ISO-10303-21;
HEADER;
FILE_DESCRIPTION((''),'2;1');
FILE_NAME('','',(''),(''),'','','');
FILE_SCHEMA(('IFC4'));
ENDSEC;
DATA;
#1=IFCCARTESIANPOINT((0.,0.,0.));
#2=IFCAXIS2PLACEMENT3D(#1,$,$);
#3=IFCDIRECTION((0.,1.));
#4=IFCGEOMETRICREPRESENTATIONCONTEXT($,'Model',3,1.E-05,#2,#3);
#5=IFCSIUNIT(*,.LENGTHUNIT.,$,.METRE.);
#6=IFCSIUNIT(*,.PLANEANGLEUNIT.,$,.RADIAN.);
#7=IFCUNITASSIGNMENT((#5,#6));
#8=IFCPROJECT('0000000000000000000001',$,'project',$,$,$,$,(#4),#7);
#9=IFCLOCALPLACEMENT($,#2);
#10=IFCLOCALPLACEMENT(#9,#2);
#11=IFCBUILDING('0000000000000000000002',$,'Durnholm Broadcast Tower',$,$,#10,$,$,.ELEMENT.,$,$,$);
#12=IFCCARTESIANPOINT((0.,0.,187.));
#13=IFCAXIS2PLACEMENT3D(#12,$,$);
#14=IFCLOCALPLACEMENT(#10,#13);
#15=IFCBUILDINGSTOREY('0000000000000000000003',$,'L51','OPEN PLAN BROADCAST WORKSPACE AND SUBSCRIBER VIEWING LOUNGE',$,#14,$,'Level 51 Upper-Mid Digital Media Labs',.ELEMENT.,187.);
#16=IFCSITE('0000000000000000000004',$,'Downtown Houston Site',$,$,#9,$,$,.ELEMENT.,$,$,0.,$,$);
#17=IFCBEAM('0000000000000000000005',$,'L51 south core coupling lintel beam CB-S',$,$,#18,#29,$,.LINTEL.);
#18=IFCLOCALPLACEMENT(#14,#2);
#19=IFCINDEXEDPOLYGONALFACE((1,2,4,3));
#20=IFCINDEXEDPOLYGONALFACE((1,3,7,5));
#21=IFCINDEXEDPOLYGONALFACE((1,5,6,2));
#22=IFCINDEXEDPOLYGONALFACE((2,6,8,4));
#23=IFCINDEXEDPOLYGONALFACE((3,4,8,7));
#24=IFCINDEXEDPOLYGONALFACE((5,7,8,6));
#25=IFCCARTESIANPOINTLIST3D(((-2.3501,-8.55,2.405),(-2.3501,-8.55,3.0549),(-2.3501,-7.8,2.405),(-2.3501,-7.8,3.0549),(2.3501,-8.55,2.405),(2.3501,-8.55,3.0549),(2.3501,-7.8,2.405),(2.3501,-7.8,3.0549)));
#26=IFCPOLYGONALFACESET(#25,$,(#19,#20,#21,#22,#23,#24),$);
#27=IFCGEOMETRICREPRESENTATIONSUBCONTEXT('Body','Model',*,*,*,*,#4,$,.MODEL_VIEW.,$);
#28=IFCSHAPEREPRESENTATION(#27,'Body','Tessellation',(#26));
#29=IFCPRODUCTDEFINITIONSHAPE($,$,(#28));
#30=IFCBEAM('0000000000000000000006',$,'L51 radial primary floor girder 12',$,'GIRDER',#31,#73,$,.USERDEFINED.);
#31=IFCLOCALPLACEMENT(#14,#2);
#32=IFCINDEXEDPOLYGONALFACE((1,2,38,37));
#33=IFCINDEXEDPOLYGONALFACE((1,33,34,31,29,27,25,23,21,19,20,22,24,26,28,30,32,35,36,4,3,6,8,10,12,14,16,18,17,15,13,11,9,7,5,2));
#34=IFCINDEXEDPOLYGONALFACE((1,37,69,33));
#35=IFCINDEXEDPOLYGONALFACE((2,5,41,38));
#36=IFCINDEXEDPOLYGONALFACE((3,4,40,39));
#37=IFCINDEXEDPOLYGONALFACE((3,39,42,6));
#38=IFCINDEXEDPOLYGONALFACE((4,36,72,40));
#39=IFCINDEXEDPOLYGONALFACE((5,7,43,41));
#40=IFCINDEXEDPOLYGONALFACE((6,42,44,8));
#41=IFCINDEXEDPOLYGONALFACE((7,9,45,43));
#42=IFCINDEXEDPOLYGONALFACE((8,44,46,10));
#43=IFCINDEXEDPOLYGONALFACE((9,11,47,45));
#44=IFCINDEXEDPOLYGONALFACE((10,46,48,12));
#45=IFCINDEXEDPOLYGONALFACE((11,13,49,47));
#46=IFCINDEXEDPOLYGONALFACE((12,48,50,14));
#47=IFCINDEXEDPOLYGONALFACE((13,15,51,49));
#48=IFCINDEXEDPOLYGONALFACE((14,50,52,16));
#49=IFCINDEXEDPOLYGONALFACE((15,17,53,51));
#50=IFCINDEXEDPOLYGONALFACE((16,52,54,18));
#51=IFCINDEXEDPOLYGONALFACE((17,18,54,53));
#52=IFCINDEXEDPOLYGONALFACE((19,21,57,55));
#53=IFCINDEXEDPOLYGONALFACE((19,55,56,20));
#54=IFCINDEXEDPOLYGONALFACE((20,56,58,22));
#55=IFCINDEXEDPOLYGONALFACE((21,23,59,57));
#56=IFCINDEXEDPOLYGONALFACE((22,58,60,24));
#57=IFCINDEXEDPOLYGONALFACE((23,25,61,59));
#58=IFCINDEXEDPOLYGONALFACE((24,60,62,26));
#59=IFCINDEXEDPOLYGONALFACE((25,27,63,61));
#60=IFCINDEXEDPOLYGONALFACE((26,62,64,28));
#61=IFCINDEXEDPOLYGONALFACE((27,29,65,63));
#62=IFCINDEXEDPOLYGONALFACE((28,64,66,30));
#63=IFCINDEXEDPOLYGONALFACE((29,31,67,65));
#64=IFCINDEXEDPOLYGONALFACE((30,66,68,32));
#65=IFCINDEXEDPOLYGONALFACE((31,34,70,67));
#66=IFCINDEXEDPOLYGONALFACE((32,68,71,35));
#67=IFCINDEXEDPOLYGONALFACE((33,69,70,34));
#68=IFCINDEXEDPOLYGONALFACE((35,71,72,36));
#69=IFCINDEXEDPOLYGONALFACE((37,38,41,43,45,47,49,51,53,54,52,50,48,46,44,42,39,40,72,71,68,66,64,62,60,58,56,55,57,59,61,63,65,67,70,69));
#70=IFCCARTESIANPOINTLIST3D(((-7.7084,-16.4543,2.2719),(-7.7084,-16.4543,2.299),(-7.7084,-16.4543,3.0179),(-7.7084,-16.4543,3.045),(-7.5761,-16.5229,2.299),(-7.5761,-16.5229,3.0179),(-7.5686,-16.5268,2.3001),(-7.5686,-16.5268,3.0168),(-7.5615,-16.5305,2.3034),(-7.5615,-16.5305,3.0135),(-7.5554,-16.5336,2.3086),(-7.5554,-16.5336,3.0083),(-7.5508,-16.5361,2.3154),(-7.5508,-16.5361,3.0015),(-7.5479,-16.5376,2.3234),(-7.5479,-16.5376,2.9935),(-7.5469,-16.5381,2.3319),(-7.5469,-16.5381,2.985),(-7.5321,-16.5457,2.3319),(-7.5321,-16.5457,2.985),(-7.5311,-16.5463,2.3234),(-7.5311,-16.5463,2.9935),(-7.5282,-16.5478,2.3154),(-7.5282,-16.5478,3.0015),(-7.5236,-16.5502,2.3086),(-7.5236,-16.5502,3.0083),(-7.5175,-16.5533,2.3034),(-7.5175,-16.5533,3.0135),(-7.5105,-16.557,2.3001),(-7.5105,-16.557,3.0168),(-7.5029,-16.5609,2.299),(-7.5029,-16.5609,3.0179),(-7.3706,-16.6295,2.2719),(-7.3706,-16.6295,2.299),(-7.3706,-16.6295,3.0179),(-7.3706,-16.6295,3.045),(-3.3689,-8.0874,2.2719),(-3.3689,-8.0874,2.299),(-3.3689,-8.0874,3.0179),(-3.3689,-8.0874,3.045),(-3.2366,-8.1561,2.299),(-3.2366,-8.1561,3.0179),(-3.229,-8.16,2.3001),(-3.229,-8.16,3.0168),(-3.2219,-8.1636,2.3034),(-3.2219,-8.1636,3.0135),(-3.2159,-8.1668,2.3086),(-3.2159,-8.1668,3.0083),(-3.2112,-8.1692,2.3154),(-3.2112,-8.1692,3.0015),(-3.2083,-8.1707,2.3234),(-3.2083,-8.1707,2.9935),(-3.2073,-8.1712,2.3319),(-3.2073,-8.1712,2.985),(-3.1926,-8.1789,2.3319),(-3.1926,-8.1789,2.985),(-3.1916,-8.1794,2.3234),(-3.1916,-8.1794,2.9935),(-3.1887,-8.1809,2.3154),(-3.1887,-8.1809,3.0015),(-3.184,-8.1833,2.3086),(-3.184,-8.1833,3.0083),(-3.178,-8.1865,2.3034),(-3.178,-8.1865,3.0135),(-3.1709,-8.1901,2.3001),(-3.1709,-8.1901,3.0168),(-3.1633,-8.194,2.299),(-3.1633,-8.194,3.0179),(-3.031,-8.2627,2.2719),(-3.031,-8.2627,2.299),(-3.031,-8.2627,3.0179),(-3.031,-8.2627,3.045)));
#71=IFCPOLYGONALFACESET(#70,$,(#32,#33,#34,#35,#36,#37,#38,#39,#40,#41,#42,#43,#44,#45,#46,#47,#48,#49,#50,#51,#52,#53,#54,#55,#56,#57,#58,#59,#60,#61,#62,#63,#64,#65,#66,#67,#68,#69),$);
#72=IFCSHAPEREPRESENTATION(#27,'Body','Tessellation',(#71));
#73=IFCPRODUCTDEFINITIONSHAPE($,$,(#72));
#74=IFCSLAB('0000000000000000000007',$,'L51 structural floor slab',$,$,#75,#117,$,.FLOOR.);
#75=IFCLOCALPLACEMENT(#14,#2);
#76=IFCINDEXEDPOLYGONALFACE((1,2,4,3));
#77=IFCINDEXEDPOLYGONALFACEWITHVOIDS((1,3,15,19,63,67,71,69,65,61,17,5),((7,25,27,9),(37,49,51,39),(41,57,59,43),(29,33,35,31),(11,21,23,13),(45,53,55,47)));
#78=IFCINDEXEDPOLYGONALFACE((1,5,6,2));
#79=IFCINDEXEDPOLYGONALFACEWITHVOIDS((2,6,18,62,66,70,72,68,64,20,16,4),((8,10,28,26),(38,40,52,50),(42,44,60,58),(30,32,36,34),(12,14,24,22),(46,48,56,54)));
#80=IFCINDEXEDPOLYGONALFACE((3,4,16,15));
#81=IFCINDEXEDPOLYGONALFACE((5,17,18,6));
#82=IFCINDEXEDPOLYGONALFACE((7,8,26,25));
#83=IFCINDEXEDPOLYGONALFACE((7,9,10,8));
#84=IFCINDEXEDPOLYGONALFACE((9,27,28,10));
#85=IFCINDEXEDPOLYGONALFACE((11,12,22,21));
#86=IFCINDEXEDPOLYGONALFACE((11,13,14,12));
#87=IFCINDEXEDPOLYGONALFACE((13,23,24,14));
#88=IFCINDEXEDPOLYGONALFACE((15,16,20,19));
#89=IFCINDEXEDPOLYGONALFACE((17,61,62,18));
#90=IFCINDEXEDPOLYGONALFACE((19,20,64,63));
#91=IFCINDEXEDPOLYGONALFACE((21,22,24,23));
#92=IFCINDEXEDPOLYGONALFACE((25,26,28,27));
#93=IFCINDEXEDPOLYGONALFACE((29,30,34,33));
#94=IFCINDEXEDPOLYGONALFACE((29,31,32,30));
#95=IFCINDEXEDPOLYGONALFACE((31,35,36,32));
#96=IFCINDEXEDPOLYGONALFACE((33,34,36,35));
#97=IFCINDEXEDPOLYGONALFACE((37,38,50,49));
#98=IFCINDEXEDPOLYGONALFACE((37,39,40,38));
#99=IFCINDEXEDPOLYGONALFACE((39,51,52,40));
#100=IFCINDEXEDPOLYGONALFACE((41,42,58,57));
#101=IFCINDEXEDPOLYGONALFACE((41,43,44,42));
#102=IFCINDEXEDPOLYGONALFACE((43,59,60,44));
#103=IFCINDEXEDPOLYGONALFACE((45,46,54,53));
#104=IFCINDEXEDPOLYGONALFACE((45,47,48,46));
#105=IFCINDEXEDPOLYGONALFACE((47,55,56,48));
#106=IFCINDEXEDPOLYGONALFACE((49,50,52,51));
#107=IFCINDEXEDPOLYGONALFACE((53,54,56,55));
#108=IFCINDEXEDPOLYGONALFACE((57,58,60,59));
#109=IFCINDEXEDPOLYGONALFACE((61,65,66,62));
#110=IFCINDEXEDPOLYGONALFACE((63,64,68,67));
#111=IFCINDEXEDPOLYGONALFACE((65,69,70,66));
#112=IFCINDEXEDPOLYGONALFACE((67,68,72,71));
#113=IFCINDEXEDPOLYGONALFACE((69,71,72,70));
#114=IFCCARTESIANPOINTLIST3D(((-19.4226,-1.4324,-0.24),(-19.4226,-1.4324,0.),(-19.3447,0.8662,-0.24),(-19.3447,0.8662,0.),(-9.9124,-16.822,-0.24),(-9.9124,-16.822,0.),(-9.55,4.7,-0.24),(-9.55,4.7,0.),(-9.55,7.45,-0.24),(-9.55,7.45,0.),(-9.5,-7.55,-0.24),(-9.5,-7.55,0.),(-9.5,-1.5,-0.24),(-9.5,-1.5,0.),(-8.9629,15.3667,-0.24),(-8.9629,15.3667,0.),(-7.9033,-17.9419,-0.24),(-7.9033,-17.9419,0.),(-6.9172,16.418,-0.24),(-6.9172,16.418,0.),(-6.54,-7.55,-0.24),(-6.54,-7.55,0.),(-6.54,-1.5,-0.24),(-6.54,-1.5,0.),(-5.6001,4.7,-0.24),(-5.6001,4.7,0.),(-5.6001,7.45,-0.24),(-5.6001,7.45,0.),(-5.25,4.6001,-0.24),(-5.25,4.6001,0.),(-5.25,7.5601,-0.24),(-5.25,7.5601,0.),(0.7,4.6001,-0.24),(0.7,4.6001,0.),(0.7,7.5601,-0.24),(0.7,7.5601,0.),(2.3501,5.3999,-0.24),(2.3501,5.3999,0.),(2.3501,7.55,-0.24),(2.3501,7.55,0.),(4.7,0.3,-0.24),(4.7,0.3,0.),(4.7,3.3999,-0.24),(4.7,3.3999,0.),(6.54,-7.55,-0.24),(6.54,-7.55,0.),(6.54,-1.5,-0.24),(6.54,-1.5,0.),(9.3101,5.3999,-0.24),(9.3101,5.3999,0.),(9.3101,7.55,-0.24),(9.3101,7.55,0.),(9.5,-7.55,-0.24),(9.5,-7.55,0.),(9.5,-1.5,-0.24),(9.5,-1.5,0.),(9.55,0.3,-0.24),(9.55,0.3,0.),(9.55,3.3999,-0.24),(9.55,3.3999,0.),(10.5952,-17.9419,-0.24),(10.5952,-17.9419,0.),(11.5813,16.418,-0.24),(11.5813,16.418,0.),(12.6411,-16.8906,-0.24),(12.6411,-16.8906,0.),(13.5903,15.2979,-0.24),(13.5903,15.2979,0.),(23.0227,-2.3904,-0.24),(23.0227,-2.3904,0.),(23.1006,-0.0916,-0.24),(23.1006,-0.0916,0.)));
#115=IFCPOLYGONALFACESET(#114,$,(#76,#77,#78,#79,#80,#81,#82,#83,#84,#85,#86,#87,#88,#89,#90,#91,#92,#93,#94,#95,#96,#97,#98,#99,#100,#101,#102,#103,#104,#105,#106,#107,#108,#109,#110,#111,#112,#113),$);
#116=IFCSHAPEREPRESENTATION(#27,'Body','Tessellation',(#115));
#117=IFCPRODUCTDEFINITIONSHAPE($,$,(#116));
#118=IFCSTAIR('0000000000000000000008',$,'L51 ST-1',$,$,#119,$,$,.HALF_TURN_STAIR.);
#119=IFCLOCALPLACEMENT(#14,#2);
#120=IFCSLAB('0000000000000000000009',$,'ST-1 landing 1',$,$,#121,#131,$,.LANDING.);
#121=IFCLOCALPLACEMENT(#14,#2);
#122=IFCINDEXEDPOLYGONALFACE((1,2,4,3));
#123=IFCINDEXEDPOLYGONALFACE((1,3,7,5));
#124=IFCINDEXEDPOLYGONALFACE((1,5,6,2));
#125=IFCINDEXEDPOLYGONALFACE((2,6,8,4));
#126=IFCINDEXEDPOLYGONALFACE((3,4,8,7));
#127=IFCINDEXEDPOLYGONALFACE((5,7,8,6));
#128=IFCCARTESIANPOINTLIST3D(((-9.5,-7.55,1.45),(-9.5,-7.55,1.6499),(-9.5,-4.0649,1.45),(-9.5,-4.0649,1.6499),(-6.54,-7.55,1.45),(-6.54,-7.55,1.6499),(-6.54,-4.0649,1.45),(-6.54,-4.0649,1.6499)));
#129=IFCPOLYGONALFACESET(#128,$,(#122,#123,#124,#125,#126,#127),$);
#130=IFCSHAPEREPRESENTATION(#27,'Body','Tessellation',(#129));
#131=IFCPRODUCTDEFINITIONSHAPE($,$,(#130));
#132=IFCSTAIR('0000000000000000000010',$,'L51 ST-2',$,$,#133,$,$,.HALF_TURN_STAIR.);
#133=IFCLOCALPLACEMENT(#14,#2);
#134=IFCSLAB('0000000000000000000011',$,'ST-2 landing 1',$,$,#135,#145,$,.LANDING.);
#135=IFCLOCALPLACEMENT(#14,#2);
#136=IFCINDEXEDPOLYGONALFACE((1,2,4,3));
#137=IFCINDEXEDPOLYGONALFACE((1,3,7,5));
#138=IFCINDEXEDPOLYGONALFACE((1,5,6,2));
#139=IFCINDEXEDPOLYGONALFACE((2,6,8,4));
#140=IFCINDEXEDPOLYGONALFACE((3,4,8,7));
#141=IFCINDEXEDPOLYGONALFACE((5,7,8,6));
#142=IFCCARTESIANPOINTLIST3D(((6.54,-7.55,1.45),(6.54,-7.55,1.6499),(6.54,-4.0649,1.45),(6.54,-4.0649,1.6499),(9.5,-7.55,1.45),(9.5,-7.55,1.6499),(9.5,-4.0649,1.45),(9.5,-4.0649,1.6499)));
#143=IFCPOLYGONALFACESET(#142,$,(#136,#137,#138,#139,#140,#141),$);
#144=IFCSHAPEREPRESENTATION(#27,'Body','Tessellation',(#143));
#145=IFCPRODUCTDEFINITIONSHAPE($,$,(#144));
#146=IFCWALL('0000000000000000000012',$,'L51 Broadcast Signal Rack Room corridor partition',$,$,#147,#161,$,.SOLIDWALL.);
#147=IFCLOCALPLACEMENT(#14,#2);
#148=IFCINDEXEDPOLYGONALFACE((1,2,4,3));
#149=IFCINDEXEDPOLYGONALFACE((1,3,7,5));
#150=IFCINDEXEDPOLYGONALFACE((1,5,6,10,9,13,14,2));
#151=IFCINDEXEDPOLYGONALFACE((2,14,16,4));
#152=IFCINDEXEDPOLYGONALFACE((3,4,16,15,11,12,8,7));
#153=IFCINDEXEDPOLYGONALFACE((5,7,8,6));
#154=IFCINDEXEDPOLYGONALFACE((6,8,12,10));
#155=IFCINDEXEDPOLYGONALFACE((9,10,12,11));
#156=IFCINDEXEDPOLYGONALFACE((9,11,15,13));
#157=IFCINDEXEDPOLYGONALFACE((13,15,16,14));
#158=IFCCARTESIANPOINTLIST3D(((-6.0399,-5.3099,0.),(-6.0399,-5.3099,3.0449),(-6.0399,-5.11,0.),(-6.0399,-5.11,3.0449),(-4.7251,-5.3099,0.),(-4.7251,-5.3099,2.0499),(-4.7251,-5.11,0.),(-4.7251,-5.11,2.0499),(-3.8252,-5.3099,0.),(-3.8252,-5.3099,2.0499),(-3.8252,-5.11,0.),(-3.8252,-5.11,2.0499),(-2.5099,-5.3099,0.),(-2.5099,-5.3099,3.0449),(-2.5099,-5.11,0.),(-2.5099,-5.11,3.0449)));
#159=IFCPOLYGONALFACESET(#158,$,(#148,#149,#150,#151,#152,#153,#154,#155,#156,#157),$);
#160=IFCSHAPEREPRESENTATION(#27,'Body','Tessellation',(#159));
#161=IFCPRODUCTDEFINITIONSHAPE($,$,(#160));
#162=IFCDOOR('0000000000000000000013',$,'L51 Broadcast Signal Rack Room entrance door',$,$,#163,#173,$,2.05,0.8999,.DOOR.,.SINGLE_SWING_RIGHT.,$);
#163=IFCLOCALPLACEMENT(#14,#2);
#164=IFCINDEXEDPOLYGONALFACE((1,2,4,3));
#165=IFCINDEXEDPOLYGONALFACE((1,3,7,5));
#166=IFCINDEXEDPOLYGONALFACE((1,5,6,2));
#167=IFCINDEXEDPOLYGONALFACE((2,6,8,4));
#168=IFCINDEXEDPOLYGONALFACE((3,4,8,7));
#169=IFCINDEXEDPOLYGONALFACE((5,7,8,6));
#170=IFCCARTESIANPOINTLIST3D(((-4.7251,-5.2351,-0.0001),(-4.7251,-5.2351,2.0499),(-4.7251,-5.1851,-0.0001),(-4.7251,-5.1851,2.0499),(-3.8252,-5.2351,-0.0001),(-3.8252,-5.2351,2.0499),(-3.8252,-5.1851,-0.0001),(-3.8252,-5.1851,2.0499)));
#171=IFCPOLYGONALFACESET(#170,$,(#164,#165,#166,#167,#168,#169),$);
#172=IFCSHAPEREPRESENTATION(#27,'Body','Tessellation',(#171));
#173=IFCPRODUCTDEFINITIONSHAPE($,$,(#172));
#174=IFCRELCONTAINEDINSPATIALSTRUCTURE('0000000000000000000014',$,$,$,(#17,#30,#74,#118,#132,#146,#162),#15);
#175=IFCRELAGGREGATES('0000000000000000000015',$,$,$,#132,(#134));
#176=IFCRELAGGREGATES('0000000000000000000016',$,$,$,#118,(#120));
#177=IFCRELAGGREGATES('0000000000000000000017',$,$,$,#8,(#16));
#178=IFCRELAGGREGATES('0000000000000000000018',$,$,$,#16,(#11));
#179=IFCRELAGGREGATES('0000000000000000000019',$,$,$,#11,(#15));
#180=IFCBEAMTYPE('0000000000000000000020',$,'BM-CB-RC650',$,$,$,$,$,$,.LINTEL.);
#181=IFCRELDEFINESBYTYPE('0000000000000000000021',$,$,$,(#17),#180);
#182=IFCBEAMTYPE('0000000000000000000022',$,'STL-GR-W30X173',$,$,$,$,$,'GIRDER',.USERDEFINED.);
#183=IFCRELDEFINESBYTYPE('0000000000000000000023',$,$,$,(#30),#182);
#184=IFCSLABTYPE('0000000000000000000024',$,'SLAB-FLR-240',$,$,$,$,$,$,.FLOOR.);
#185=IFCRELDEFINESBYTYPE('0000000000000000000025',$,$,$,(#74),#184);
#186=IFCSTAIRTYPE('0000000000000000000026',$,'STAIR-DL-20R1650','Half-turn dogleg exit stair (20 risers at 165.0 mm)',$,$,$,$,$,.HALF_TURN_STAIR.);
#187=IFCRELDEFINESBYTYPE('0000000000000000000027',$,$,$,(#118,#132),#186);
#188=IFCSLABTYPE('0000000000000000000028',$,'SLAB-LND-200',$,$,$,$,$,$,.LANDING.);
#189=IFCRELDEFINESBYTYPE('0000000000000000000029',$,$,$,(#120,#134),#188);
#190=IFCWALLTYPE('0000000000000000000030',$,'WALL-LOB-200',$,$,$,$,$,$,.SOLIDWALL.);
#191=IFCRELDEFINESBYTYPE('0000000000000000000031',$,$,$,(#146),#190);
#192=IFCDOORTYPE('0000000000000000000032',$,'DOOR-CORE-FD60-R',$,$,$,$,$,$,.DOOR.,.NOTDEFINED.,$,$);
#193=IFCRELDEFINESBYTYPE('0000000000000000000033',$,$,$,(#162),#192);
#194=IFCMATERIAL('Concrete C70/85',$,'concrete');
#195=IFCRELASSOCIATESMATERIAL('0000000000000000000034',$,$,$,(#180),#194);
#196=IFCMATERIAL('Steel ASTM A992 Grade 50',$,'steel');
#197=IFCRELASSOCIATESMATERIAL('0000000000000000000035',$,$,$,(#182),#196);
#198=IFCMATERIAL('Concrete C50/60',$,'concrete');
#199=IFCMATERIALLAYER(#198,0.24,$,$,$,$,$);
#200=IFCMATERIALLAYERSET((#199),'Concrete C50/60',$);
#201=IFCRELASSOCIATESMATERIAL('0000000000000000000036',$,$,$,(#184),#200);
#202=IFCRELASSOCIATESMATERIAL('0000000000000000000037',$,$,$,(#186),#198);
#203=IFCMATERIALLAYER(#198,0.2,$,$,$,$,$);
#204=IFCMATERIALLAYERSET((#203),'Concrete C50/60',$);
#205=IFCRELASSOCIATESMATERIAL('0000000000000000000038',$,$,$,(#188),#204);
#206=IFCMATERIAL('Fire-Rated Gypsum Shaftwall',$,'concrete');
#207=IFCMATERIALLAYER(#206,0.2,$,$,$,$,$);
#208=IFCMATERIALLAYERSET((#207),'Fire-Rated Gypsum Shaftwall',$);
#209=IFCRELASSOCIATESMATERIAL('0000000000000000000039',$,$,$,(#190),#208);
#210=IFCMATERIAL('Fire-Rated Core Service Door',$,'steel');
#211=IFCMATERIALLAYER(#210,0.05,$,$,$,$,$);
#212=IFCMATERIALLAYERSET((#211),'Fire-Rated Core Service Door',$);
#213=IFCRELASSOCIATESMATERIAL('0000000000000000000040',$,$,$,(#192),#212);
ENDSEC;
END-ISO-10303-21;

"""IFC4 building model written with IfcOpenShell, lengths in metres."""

from ifc_helpers import new_model, si_unit, direction, frame, frame_2d, origin, origin_2d, place, context, subcontext, project, spatial, polyline, rectangle, i_section, outline, extrude, source, transform, mapped, material, layer, layer_set, material_profile, profile_set, type_object, type_shapes, element, fill, aggregate, save


model = new_model("IFC4")

# Units and contexts
model_context = context("Model", 3, precision=1e-05, world=origin(), true_north=direction((0.0, 1.0)))
body_context = subcontext(model_context, "Body", "Model", "MODEL_VIEW")
ifc_project = project(units=[si_unit("LENGTHUNIT", "METRE"), si_unit("PLANEANGLEUNIT", "RADIAN")], contexts=[model_context])

# Site, building, storey
site_placement = place(None, origin())
site = spatial("IfcSite", under=ifc_project, at=site_placement, Name="Downtown Houston Site", CompositionType="ELEMENT", RefElevation=0.0)
building_placement = place(site_placement, origin())
building = spatial("IfcBuilding", under=site, at=building_placement, Name="Durnholm Broadcast Tower", CompositionType="ELEMENT")
storey_placement = place(building_placement, frame((0.0, 0.0, 187.0)))
storey = spatial("IfcBuildingStorey", under=building, at=storey_placement, Name="L51", Description="OPEN PLAN BROADCAST WORKSPACE AND SUBSCRIBER VIEWING LOUNGE", LongName="Level 51 Upper-Mid Digital Media Labs", CompositionType="ELEMENT", Elevation=187.0)

# Beams
ifc_material_1 = material(Name="Concrete C70/85", Category="concrete")
ifc_material_profile_1 = material_profile(ifc_material_1, rectangle(XDim=0.75, YDim=0.6499, at=origin_2d()), Name="RC750X650")
ifc_profile_set_1 = profile_set([ifc_material_profile_1], Name="Concrete C70/85")
beam_type_1 = type_object("IfcBeamType", Name="BM-CB-RC650", PredefinedType="LINTEL", material=ifc_profile_set_1)
shared_shape_1 = source(origin(), body_context, "Body", "SweptSolid", [
    extrude(rectangle(XDim=0.75, YDim=0.6499, at=origin_2d()), origin(), (0.0, 0.0, 1.0), 4.7002),
])
type_shapes(beam_type_1, [shared_shape_1])
beam_1_placement = place(storey_placement, frame((-2.3501, -8.175, 2.73), z_axis=(1.0, 0.0, 0.0), x_axis=(0.0, 1.0, 0.0)))
element("IfcBeam", 1, at=beam_1_placement, inside=storey, type_object=beam_type_1, Name="L51 south core coupling lintel beam CB-S", PredefinedType="LINTEL", context=body_context, shape_type="MappedRepresentation", body=[
    mapped(shared_shape_1, transform((0.0, 0.0, 0.0), x_axis=(1.0, 0.0, 0.0), y_axis=(0.0, 1.0, 0.0), z_axis=(0.0, 0.0, 1.0), scale=1.0)),
])
ifc_material_2 = material(Name="Steel ASTM A992 Grade 50", Category="steel")
ifc_material_profile_2 = material_profile(ifc_material_2, i_section(OverallWidth=0.3806, OverallDepth=0.7732, WebThickness=0.0166, FlangeThickness=0.0271, FilletRadius=0.033, at=origin_2d()), Name="W30X173")
ifc_profile_set_2 = profile_set([ifc_material_profile_2], Name="Steel ASTM A992 Grade 50")
beam_type_2 = type_object("IfcBeamType", Name="STL-GR-W30X173", ElementType="GIRDER", PredefinedType="USERDEFINED", material=ifc_profile_set_2)
shared_shape_2 = source(origin(), body_context, "Body", "SweptSolid", [
    extrude(i_section(OverallWidth=0.3806, OverallDepth=0.7732, WebThickness=0.0166, FlangeThickness=0.0271, FilletRadius=0.033, at=origin_2d()), origin(), (0.0, 0.0, 1.0), 9.4253),
])
type_shapes(beam_type_2, [shared_shape_2])
beam_2_placement = place(storey_placement, frame((-3.2, -8.175, 2.6584), z_axis=(-0.460416, -0.887703, 0.0), x_axis=(0.887703, -0.460416, 0.0)))
element("IfcBeam", 2, at=beam_2_placement, inside=storey, type_object=beam_type_2, Name="L51 radial primary floor girder 12", ObjectType="GIRDER", PredefinedType="USERDEFINED", context=body_context, shape_type="MappedRepresentation", body=[
    mapped(shared_shape_2, transform((0.0, 0.0, 0.0), x_axis=(1.0, 0.0, 0.0), y_axis=(0.0, 1.0, 0.0), z_axis=(0.0, 0.0, 1.0), scale=1.0)),
])

# Slab
ifc_material_3 = material(Name="Concrete C50/60", Category="concrete")
ifc_layer_1 = layer(ifc_material_3, 0.24)
ifc_layer_set_1 = layer_set([ifc_layer_1], Name="Concrete C50/60")
slab_type_1 = type_object("IfcSlabType", Name="SLAB-FLR-240", PredefinedType="FLOOR", material=ifc_layer_set_1)
slab_1_placement = place(storey_placement, frame((0.0, 0.0, -0.24)))
element("IfcSlab", 3, at=slab_1_placement, inside=storey, type_object=slab_type_1, Name="L51 structural floor slab", PredefinedType="FLOOR", context=body_context, shape_type="SweptSolid", body=[
    extrude(outline(polyline([(-9.9124, -16.822), (-7.9033, -17.9419), (10.5952, -17.9419), (12.6411, -16.8906), (23.0227, -2.3904), (23.1006, -0.0916), (13.5903, 15.2979), (11.5813, 16.418), (-6.9172, 16.418), (-8.9629, 15.3667), (-19.3447, 0.8662), (-19.4226, -1.4324), (-9.9124, -16.822)]), holes=[polyline([(-6.54, -1.5), (-9.5, -1.5), (-9.5, -7.55), (-6.54, -7.55), (-6.54, -1.5)]), polyline([(9.5, -7.55), (9.5, -1.5), (6.54, -1.5), (6.54, -7.55), (9.5, -7.55)]), polyline([(9.55, 3.3999), (4.7, 3.3999), (4.7, 0.3), (9.55, 0.3), (9.55, 3.3999)]), polyline([(-9.55, 7.45), (-9.55, 4.7), (-5.6001, 4.7), (-5.6001, 7.45), (-9.55, 7.45)]), polyline([(-5.25, 4.6001), (0.7, 4.6001), (0.7, 7.5601), (-5.25, 7.5601), (-5.25, 4.6001)]), polyline([(9.3101, 7.55), (2.3501, 7.55), (2.3501, 5.3999), (9.3101, 5.3999), (9.3101, 7.55)])]), origin(), (0.0, 0.0, 1.0), 0.24),
])

# Stairs, slabs
stair_type = type_object("IfcStairType", Name="STAIR-DL-20R1650", Description="Half-turn dogleg exit stair (20 risers at 165.0 mm)", PredefinedType="HALF_TURN_STAIR", material=ifc_material_3)
stair_1_placement = place(storey_placement, origin())
stair_1 = element("IfcStair", 4, at=stair_1_placement, inside=storey, type_object=stair_type, Name="L51 ST-1", PredefinedType="HALF_TURN_STAIR")
ifc_layer_2 = layer(ifc_material_3, 0.2)
ifc_layer_set_2 = layer_set([ifc_layer_2], Name="Concrete C50/60")
slab_type_2 = type_object("IfcSlabType", Name="SLAB-LND-200", PredefinedType="LANDING", material=ifc_layer_set_2)
slab_2_placement = place(storey_placement, frame((0.0, 0.0, 1.45)))
slab_2 = element("IfcSlab", 5, at=slab_2_placement, type_object=slab_type_2, Name="ST-1 landing 1", PredefinedType="LANDING", context=body_context, shape_type="SweptSolid", body=[
    extrude(outline(polyline([(-9.5, -4.0649), (-9.5, -7.55), (-6.54, -7.55), (-6.54, -4.0649), (-9.5, -4.0649)])), origin(), (0.0, 0.0, 1.0), 0.2),
])
stair_2_placement = place(storey_placement, origin())
stair_2 = element("IfcStair", 6, at=stair_2_placement, inside=storey, type_object=stair_type, Name="L51 ST-2", PredefinedType="HALF_TURN_STAIR")
slab_3_placement = place(storey_placement, frame((0.0, 0.0, 1.45)))
slab_3 = element("IfcSlab", 7, at=slab_3_placement, type_object=slab_type_2, Name="ST-2 landing 1", PredefinedType="LANDING", context=body_context, shape_type="SweptSolid", body=[
    extrude(outline(polyline([(6.54, -4.0649), (6.54, -7.55), (9.5, -7.55), (9.5, -4.0649), (6.54, -4.0649)])), origin(), (0.0, 0.0, 1.0), 0.2),
])
aggregate(stair_2, [slab_3])

# Wall, opening, door
ifc_material_4 = material(Name="Fire-Rated Gypsum Shaftwall", Category="concrete")
ifc_layer_3 = layer(ifc_material_4, 0.2)
ifc_layer_set_3 = layer_set([ifc_layer_3], Name="Fire-Rated Gypsum Shaftwall")
wall_type_1 = type_object("IfcWallType", Name="WALL-LOB-200", PredefinedType="SOLIDWALL", material=ifc_layer_set_3)
wall_1_placement = place(storey_placement, frame((-6.04, -5.21, 0.0), z_axis=(0.0, 0.0, 1.0), x_axis=(1.0, 0.0, 0.0)))
wall_1 = element("IfcWall", 8, at=wall_1_placement, inside=storey, type_object=wall_type_1, Name="L51 Broadcast Signal Rack Room corridor partition", PredefinedType="SOLIDWALL", context=body_context, shape_type="SweptSolid", body=[
    extrude(rectangle(XDim=3.53, YDim=0.2, at=frame_2d((1.7651, 0.0))), origin(), (0.0, 0.0, 1.0), 3.0449),
])
opening_1_placement = place(wall_1_placement, frame((1.3149, 0.0, 0.0)))
opening_1 = element("IfcOpeningElement", 9, at=opening_1_placement, cuts=wall_1, PredefinedType="OPENING", context=body_context, shape_type="SweptSolid", body=[
    extrude(rectangle(XDim=0.8999, YDim=2.05, at=frame_2d((0.45, 1.0249))), frame((0.0, 0.1099, 0.0), z_axis=(0.0, -1.0, 0.0), x_axis=(1.0, 0.0, 0.0)), (0.0, 0.0, 1.0), 0.22),
])
ifc_material_5 = material(Name="Fire-Rated Core Service Door", Category="steel")
ifc_layer_4 = layer(ifc_material_5, 0.05)
ifc_layer_set_4 = layer_set([ifc_layer_4], Name="Fire-Rated Core Service Door")
door_type_1 = type_object("IfcDoorType", Name="DOOR-CORE-FD60-R", OperationType="NOTDEFINED", PredefinedType="DOOR", material=ifc_layer_set_4)
shared_shape_3 = source(origin(), body_context, "Body", "SweptSolid", [
    extrude(rectangle(XDim=0.8999, YDim=2.05, at=frame_2d((0.45, 1.0249))), frame((0.0, 0.0249, 0.0), z_axis=(0.0, -1.0, 0.0), x_axis=(1.0, 0.0, 0.0)), (0.0, 0.0, 1.0), 0.05),
])
type_shapes(door_type_1, [shared_shape_3])
door_1_placement = place(opening_1_placement, origin())
door_1 = element("IfcDoor", 10, at=door_1_placement, inside=storey, type_object=door_type_1, Name="L51 Broadcast Signal Rack Room entrance door", OperationType="SINGLE_SWING_RIGHT", OverallHeight=2.05, OverallWidth=0.8999, PredefinedType="DOOR", context=body_context, shape_type="MappedRepresentation", body=[
    mapped(shared_shape_3, transform((0.0, 0.0, 0.0), x_axis=(1.0, 0.0, 0.0), y_axis=(0.0, 1.0, 0.0), z_axis=(0.0, 0.0, 1.0), scale=1.0)),
])
fill(opening_1, door_1)

aggregate(stair_1, [slab_2])

save(model, "model.ifc")
